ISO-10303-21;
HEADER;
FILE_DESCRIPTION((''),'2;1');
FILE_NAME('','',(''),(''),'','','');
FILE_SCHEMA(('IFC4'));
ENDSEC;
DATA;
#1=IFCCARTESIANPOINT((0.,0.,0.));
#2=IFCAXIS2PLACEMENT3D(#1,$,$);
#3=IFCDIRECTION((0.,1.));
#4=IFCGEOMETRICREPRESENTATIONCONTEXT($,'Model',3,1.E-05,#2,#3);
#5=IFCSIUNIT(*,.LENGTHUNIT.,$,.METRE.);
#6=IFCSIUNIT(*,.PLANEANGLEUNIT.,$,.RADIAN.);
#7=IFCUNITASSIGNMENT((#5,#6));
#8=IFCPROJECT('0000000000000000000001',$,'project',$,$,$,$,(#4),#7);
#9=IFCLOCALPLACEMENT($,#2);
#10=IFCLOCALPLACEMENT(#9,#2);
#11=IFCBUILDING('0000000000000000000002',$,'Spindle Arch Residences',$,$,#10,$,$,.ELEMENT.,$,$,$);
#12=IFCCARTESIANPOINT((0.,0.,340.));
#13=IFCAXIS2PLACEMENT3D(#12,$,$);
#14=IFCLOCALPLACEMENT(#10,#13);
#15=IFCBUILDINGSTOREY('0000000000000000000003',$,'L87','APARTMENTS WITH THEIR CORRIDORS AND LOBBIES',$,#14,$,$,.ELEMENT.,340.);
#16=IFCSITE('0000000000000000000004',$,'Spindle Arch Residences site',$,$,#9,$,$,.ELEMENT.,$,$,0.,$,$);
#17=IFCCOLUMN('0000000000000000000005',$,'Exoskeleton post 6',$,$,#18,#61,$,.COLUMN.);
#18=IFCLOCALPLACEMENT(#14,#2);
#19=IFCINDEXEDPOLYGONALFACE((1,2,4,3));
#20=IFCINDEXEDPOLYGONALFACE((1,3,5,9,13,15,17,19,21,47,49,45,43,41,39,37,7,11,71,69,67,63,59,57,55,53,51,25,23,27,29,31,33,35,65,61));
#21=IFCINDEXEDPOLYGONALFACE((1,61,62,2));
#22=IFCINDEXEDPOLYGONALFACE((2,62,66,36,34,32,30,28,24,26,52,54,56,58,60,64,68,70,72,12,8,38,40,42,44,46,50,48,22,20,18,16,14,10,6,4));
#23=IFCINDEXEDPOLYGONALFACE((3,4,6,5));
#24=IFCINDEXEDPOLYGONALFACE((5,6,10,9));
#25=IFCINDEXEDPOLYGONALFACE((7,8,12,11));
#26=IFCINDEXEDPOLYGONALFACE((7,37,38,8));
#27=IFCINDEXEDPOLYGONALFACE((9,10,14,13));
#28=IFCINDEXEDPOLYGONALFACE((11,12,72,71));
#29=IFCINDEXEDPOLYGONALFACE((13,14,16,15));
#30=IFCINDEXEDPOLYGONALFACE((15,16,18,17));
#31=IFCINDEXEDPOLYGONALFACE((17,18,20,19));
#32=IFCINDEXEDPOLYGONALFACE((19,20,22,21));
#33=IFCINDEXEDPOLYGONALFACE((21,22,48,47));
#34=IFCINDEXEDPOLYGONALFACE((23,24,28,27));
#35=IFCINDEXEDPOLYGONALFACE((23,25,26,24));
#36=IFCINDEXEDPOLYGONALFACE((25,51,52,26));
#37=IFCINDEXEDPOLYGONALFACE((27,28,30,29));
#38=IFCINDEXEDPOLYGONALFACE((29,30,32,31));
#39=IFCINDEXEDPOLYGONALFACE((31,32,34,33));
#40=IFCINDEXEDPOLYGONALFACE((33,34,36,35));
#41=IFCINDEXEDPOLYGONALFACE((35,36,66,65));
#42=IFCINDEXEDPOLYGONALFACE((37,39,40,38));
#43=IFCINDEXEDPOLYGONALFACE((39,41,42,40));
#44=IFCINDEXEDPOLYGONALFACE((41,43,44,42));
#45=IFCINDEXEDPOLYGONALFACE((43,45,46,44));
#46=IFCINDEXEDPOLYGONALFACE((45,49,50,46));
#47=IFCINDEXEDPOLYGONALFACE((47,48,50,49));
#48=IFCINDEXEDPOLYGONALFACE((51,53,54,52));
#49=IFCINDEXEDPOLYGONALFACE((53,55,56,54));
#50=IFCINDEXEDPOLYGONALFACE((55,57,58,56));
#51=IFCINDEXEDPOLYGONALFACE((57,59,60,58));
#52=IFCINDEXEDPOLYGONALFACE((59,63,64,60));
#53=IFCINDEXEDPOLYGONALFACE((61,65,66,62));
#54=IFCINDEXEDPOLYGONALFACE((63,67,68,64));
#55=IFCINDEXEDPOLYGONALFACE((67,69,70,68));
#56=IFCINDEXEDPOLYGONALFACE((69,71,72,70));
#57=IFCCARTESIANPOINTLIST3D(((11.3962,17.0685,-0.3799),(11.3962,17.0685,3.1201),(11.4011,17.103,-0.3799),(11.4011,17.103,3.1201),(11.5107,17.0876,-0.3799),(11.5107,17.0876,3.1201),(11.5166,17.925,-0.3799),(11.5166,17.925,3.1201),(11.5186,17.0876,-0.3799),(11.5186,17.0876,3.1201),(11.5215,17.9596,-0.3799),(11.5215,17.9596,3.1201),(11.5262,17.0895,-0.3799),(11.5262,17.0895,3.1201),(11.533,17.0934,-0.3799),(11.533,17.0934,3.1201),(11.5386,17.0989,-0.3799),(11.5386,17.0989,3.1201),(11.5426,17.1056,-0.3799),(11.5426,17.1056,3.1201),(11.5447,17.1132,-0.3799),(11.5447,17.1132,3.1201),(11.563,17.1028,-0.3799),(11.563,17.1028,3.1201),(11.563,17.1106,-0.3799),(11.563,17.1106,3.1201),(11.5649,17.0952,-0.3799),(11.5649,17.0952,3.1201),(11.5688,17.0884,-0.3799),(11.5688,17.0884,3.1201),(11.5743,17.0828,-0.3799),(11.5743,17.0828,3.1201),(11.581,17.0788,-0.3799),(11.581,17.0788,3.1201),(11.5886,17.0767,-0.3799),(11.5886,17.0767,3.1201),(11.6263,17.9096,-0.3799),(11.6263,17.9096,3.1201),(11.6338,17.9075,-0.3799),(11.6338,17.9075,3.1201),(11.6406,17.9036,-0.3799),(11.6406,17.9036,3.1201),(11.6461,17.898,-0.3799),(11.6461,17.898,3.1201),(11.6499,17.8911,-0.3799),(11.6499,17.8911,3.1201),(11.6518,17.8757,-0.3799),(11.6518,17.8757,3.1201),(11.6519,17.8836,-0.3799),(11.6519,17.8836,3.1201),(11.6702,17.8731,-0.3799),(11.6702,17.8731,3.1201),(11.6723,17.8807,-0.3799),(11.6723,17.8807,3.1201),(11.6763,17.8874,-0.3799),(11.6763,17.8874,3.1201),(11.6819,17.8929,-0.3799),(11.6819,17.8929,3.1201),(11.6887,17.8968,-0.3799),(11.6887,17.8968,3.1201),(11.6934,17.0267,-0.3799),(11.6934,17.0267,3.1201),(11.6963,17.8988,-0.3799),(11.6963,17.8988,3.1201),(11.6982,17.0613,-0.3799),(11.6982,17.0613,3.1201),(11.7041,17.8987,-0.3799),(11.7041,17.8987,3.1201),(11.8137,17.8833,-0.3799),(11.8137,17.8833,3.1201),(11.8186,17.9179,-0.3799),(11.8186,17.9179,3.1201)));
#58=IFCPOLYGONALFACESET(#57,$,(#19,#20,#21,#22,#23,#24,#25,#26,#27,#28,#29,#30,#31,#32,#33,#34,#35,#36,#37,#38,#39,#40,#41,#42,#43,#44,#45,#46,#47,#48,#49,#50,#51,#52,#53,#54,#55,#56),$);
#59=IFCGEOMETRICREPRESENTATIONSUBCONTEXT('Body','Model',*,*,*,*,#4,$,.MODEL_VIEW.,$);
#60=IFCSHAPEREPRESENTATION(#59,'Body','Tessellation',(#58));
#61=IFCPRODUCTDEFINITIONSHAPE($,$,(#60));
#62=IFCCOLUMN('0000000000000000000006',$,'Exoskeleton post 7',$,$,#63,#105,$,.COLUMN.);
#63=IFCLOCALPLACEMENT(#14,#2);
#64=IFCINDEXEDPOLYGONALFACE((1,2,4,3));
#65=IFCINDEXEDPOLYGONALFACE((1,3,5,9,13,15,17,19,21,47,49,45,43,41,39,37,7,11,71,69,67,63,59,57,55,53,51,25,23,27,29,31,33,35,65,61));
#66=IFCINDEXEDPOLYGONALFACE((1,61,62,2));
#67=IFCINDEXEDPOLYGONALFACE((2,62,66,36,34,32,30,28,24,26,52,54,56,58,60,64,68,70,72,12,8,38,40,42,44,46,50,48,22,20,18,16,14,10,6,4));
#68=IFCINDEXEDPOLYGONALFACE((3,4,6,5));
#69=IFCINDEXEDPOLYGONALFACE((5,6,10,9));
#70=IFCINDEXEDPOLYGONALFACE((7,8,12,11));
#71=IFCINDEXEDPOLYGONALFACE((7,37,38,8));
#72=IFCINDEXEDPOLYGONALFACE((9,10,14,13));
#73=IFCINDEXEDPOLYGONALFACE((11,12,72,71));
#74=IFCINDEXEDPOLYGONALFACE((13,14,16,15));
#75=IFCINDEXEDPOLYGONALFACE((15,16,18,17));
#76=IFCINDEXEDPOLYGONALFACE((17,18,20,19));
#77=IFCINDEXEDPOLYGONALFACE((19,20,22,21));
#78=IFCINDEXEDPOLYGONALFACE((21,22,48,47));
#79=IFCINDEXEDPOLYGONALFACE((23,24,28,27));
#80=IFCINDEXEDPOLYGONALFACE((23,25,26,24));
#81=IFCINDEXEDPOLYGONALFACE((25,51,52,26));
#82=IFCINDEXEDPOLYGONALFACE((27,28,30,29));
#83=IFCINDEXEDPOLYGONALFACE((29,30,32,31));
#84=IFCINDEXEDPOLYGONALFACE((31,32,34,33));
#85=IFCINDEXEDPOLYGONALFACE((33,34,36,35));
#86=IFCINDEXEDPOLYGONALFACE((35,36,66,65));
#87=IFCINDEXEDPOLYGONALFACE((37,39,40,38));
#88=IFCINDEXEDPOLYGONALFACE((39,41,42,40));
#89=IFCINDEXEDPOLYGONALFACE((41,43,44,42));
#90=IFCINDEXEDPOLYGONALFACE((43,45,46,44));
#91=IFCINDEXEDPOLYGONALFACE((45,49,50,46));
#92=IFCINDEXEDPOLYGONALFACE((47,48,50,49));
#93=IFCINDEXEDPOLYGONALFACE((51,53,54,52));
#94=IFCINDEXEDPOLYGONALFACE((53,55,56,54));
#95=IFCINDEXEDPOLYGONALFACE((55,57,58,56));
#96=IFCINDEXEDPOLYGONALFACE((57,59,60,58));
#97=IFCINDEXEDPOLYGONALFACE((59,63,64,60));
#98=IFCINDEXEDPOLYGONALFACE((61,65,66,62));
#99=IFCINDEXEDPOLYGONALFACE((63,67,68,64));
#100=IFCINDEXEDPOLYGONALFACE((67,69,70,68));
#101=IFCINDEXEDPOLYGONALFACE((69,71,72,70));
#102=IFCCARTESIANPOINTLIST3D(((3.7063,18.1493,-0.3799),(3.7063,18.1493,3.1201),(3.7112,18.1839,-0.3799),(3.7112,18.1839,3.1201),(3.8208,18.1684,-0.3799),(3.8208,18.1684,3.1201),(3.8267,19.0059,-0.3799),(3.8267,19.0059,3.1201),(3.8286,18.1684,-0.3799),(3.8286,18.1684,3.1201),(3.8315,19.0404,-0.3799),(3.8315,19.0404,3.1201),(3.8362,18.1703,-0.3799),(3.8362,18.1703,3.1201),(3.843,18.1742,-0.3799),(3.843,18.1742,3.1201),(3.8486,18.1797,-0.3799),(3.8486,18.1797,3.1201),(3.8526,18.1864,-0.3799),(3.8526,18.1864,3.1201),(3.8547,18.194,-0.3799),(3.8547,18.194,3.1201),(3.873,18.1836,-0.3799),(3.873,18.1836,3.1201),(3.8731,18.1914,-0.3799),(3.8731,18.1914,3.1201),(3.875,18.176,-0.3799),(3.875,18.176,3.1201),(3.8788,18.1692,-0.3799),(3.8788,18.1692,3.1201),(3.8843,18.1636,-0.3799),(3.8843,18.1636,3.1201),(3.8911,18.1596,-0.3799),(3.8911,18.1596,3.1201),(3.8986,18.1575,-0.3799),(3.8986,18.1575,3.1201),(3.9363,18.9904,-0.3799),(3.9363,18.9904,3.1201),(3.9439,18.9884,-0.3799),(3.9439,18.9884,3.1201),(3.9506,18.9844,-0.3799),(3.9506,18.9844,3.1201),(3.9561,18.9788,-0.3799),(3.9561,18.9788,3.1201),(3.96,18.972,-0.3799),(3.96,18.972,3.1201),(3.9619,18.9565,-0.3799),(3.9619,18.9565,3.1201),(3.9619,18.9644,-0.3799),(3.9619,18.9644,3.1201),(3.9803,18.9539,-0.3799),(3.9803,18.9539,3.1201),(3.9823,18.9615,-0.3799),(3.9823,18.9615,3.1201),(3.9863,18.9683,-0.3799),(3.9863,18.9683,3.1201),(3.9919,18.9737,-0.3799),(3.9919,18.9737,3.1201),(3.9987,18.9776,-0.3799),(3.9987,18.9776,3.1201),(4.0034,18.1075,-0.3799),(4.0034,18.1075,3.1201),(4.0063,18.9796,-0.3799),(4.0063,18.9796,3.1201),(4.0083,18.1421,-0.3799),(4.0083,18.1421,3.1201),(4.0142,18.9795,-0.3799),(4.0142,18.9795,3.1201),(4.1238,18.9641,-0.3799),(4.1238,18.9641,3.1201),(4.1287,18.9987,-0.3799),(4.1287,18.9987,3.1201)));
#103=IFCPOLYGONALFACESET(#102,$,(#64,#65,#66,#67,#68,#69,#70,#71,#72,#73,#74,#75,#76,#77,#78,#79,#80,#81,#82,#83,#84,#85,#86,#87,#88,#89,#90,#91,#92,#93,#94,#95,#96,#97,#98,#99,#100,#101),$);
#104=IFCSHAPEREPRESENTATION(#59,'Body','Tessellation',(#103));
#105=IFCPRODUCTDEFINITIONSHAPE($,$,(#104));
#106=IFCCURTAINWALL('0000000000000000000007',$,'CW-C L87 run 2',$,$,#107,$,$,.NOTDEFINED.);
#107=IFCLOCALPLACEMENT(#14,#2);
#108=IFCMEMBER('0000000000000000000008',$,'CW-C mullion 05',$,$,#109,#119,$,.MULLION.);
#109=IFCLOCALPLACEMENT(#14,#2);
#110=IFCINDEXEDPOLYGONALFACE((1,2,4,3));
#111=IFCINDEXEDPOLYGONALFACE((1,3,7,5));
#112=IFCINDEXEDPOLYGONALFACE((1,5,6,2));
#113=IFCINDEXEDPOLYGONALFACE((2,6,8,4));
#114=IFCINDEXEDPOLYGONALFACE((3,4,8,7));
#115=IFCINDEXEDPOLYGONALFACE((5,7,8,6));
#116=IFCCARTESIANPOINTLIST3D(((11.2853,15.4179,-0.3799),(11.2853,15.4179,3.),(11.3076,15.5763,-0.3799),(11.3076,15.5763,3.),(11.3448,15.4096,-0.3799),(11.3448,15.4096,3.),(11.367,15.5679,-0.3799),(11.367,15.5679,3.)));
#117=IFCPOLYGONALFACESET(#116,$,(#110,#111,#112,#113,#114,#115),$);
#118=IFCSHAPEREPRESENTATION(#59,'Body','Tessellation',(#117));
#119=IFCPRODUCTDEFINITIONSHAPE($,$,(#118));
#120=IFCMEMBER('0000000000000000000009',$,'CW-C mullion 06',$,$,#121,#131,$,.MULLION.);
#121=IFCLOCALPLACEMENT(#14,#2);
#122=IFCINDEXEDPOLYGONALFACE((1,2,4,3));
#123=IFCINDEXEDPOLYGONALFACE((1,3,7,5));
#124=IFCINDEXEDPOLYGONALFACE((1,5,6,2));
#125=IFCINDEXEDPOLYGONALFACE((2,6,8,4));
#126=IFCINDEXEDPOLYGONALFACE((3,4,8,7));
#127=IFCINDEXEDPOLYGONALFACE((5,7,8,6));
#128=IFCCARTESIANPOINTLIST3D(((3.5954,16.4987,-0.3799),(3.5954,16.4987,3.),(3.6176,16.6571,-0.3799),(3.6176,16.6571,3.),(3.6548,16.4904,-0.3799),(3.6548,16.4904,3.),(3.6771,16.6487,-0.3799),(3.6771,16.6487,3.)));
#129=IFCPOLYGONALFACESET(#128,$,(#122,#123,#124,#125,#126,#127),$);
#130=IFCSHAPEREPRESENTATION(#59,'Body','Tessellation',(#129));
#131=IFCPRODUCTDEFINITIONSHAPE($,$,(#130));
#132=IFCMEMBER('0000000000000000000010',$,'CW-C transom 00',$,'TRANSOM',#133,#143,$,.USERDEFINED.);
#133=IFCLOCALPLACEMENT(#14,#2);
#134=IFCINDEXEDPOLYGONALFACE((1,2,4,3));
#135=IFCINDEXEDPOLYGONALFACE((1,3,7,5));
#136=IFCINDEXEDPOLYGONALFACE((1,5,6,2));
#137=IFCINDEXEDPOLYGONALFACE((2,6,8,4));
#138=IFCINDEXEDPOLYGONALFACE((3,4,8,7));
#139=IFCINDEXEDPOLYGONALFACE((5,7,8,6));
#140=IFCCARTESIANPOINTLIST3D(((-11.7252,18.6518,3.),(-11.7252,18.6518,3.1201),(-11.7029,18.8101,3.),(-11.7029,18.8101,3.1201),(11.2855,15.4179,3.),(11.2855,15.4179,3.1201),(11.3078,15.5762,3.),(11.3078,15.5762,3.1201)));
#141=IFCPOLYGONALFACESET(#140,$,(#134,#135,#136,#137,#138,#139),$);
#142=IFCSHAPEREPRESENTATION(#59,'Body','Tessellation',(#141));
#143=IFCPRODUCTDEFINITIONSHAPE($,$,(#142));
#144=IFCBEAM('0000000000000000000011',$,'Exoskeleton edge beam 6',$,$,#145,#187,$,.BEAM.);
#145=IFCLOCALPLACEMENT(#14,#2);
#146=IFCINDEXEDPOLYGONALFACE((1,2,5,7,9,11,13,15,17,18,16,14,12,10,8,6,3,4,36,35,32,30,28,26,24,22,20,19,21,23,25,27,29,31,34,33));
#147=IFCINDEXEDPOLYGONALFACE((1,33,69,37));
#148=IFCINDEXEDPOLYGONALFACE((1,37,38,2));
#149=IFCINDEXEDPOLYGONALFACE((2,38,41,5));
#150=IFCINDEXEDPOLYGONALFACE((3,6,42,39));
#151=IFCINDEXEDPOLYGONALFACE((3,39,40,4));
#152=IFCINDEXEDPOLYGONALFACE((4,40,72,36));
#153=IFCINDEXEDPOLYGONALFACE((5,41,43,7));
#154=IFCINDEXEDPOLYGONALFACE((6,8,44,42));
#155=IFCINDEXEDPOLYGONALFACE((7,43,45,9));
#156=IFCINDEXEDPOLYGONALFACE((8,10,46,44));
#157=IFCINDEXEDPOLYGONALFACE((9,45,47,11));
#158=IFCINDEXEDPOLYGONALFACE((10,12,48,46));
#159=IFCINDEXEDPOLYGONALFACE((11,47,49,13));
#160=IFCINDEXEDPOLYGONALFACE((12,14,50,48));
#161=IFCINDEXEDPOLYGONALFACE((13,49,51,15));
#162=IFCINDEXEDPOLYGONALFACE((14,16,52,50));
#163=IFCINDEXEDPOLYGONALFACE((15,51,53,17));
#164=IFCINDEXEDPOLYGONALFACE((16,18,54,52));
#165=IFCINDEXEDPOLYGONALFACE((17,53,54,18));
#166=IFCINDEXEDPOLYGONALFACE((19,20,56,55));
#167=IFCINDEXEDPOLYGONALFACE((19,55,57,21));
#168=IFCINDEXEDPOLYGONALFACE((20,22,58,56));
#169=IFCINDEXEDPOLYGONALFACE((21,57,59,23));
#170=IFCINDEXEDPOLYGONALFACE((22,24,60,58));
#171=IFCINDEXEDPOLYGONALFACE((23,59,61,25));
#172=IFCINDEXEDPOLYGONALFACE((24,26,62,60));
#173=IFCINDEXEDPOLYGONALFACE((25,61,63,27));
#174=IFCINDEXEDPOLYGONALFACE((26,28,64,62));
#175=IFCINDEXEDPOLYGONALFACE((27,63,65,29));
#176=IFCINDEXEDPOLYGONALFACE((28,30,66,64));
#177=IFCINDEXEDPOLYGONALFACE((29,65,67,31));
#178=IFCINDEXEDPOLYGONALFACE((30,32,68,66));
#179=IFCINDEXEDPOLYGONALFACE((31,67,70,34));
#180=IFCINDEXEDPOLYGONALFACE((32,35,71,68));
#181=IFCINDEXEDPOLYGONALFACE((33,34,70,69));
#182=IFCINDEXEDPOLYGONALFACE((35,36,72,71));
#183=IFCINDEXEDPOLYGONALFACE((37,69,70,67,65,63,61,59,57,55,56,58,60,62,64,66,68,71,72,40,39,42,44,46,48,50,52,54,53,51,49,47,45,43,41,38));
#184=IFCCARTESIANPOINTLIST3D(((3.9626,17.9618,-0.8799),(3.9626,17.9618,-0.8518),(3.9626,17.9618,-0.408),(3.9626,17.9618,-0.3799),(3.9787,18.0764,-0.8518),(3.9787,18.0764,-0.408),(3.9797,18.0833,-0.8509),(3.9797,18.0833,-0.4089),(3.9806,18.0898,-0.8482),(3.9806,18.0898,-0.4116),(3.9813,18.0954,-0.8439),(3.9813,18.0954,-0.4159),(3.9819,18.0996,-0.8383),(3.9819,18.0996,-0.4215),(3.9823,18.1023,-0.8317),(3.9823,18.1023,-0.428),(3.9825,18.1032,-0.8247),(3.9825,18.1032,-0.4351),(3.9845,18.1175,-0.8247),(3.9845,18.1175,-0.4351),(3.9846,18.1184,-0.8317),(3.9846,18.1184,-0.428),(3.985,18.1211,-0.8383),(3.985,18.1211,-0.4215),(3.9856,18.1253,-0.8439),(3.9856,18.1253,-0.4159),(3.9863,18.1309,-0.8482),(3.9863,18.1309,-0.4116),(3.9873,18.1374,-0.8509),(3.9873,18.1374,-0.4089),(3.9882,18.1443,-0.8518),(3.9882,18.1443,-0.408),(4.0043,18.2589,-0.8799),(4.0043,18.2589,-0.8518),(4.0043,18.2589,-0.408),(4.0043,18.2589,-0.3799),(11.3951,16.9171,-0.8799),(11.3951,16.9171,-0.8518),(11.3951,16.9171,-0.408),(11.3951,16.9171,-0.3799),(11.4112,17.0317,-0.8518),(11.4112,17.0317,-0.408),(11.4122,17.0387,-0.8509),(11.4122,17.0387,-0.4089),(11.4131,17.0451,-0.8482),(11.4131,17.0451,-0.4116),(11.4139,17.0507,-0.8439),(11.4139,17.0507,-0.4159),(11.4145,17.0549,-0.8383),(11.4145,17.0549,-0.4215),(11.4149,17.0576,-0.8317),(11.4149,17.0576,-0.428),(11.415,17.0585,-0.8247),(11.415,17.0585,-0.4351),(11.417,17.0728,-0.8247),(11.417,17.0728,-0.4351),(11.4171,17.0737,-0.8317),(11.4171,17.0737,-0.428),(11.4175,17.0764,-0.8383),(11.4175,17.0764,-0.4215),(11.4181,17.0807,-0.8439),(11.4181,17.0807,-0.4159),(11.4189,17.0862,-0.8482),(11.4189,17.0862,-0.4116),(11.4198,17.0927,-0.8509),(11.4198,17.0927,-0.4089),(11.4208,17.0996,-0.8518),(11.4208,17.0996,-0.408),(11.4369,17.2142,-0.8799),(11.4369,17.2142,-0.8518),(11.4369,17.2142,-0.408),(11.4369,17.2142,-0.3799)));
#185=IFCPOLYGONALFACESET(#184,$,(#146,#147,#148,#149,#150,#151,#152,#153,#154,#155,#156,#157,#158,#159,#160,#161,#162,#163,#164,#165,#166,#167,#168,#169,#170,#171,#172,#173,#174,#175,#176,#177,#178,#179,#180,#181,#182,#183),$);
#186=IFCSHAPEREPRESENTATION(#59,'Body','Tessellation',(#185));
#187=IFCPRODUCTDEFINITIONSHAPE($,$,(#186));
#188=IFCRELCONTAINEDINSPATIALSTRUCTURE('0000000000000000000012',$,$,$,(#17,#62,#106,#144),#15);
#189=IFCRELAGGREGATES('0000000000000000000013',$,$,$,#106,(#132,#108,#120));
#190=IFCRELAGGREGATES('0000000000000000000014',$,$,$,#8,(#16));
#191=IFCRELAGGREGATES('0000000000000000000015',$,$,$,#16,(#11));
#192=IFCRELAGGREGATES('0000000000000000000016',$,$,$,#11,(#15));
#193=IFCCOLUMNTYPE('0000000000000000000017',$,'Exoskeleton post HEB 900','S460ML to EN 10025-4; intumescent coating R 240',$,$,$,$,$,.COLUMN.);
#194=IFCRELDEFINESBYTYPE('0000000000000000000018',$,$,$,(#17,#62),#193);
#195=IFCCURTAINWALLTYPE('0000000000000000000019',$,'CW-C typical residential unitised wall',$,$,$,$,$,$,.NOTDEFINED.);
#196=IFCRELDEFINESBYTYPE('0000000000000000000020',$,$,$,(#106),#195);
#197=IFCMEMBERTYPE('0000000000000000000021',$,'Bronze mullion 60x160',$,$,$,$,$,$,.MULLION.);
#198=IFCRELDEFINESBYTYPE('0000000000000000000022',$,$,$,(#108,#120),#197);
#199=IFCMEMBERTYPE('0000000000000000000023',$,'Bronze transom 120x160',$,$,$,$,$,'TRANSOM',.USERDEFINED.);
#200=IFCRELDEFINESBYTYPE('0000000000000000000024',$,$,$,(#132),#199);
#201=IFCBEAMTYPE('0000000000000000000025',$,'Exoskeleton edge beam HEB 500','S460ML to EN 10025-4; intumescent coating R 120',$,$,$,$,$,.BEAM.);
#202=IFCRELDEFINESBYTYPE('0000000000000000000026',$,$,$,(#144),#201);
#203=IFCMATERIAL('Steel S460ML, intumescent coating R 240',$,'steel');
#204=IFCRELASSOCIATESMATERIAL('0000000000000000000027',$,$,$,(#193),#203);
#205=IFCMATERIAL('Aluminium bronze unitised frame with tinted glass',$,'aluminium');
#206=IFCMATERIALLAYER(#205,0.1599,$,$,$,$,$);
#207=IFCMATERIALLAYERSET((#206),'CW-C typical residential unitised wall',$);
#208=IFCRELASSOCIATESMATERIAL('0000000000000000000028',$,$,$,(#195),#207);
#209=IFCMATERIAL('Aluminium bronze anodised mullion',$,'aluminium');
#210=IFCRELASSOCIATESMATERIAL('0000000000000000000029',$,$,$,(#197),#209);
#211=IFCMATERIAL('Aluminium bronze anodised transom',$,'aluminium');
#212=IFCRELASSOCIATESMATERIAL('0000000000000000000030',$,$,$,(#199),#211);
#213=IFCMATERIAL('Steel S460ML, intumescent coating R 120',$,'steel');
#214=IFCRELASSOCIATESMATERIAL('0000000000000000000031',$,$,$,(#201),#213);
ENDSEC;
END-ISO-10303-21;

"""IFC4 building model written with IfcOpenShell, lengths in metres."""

from ifc_helpers import new_model, si_unit, direction, frame, origin, origin_2d, place, context, subcontext, project, spatial, rectangle, i_section, extrude, material, layer, layer_set, material_profile, profile_set, type_object, element, aggregate, save


model = new_model("IFC4")

# Units and contexts
model_context = context("Model", 3, precision=1e-05, world=origin(), true_north=direction((0.0, 1.0)))
body_context = subcontext(model_context, "Body", "Model", "MODEL_VIEW")
ifc_project = project(units=[si_unit("LENGTHUNIT", "METRE"), si_unit("PLANEANGLEUNIT", "RADIAN")], contexts=[model_context])

# Site, building, storey
site_placement = place(None, origin())
site = spatial("IfcSite", under=ifc_project, at=site_placement, Name="Spindle Arch Residences site", CompositionType="ELEMENT", RefElevation=0.0)
building_placement = place(site_placement, origin())
building = spatial("IfcBuilding", under=site, at=building_placement, Name="Spindle Arch Residences", CompositionType="ELEMENT")
storey_placement = place(building_placement, frame((0.0, 0.0, 340.0)))
storey = spatial("IfcBuildingStorey", under=building, at=storey_placement, Name="L87", Description="APARTMENTS WITH THEIR CORRIDORS AND LOBBIES", CompositionType="ELEMENT", Elevation=340.0)

# Columns
ifc_material_1 = material(Name="Steel S460ML, intumescent coating R 240", Category="steel")
ifc_material_profile_1 = material_profile(ifc_material_1, i_section(OverallWidth=0.3, OverallDepth=0.8999, WebThickness=0.0186, FlangeThickness=0.0349, FilletRadius=0.03, at=origin_2d()), Name="HEB 900")
ifc_profile_set_1 = profile_set([ifc_material_profile_1], Name="Steel S460ML, intumescent coating R 240")
column_type = type_object("IfcColumnType", Name="Exoskeleton post HEB 900", Description="S460ML to EN 10025-4; intumescent coating R 240", PredefinedType="COLUMN", material=ifc_profile_set_1)
for number, where, z_axis, x_axis, name in (
    (1, (11.6074, 17.4932, -0.3799), (0.0, 0.0, 1.0), (0.990268, -0.139173, 0.0), "Exoskeleton post 6"),
    (2, (3.9175, 18.574, -0.3799), (0.0, 0.0, 1.0), (0.990268, -0.139173, 0.0), "Exoskeleton post 7"),
):
    element("IfcColumn", number, at=place(storey_placement, frame(where, z_axis=z_axis, x_axis=x_axis)), inside=storey, type_object=column_type, Name=name, PredefinedType="COLUMN", context=body_context, shape_type="SweptSolid", body=[
        extrude(i_section(OverallWidth=0.3, OverallDepth=0.8999, WebThickness=0.0186, FlangeThickness=0.0349, FilletRadius=0.03, at=origin_2d()), origin(), (0.0, 0.0, 1.0), 3.5),
    ])

# Curtain wall, members
ifc_material_2 = material(Name="Aluminium bronze unitised frame with tinted glass", Category="aluminium")
ifc_layer_1 = layer(ifc_material_2, 0.1599)
ifc_layer_set_1 = layer_set([ifc_layer_1], Name="CW-C typical residential unitised wall")
curtain_wall_type = type_object("IfcCurtainWallType", Name="CW-C typical residential unitised wall", PredefinedType="NOTDEFINED", material=ifc_layer_set_1)
curtain_wall_placement = place(storey_placement, origin())
curtain_wall = element("IfcCurtainWall", 3, at=curtain_wall_placement, inside=storey, type_object=curtain_wall_type, Name="CW-C L87 run 2", PredefinedType="NOTDEFINED")
ifc_material_3 = material(Name="Aluminium bronze anodised mullion", Category="aluminium")
ifc_material_profile_2 = material_profile(ifc_material_3, rectangle(XDim=0.1599, YDim=0.0601, at=origin_2d()), Name="MU 60x160")
ifc_profile_set_2 = profile_set([ifc_material_profile_2], Name="Aluminium bronze anodised mullion")
member_type_1 = type_object("IfcMemberType", Name="Bronze mullion 60x160", PredefinedType="MULLION", material=ifc_profile_set_2)
member_1_placement = place(storey_placement, frame((11.3262, 15.4929, -0.3799), z_axis=(0.0, 0.0, 1.0), x_axis=(-0.139173, -0.990268, 0.0)))
member_1 = element("IfcMember", 4, at=member_1_placement, type_object=member_type_1, Name="CW-C mullion 05", PredefinedType="MULLION", context=body_context, shape_type="SweptSolid", body=[
    extrude(rectangle(XDim=0.1599, YDim=0.0601, at=origin_2d()), origin(), (0.0, 0.0, 1.0), 3.3799),
])
member_2_placement = place(storey_placement, frame((3.6362, 16.5737, -0.3799), z_axis=(0.0, 0.0, 1.0), x_axis=(-0.139173, -0.990268, 0.0)))
member_2 = element("IfcMember", 5, at=member_2_placement, type_object=member_type_1, Name="CW-C mullion 06", PredefinedType="MULLION", context=body_context, shape_type="SweptSolid", body=[
    extrude(rectangle(XDim=0.1599, YDim=0.0601, at=origin_2d()), origin(), (0.0, 0.0, 1.0), 3.3799),
])
ifc_material_4 = material(Name="Aluminium bronze anodised transom", Category="aluminium")
ifc_material_profile_3 = material_profile(ifc_material_4, rectangle(XDim=0.1599, YDim=0.1201, at=origin_2d()), Name="TR 120x160")
ifc_profile_set_3 = profile_set([ifc_material_profile_3], Name="Aluminium bronze anodised transom")
member_type_2 = type_object("IfcMemberType", Name="Bronze transom 120x160", ElementType="TRANSOM", PredefinedType="USERDEFINED", material=ifc_profile_set_3)
member_3_placement = place(storey_placement, frame((11.2966, 15.4971, 3.0601), z_axis=(-0.990268, 0.13917, 0.0), x_axis=(-0.13917, -0.990268, 0.0)))
member_3 = element("IfcMember", 6, at=member_3_placement, type_object=member_type_2, Name="CW-C transom 00", ObjectType="TRANSOM", PredefinedType="USERDEFINED", context=body_context, shape_type="SweptSolid", body=[
    extrude(rectangle(XDim=0.1599, YDim=0.1201, at=origin_2d()), origin(), (0.0, 0.0, 1.0), 23.2368),
])

# Beam
ifc_material_5 = material(Name="Steel S460ML, intumescent coating R 120", Category="steel")
ifc_material_profile_4 = material_profile(ifc_material_5, i_section(OverallWidth=0.3, OverallDepth=0.5, WebThickness=0.0144, FlangeThickness=0.0281, FilletRadius=0.0271, at=origin_2d()), Name="HEB 500")
ifc_profile_set_4 = profile_set([ifc_material_profile_4], Name="Steel S460ML, intumescent coating R 120")
beam_type_1 = type_object("IfcBeamType", Name="Exoskeleton edge beam HEB 500", Description="S460ML to EN 10025-4; intumescent coating R 120", PredefinedType="BEAM", material=ifc_profile_set_4)
for number, where, z_axis, x_axis, name in (
    (7, (11.416, 17.0657, -0.6299), (-0.990266, 0.139185, 0.0), (-0.139185, -0.990266, 0.0), "Exoskeleton edge beam 6"),
):
    element("IfcBeam", number, at=place(storey_placement, frame(where, z_axis=z_axis, x_axis=x_axis)), inside=storey, type_object=beam_type_1, Name=name, PredefinedType="BEAM", context=body_context, shape_type="SweptSolid", body=[
        extrude(i_section(OverallWidth=0.3, OverallDepth=0.5, WebThickness=0.0144, FlangeThickness=0.0281, FilletRadius=0.0271, at=origin_2d()), origin(), (0.0, 0.0, 1.0), 7.5056),
    ])

aggregate(curtain_wall, [member_3, member_1, member_2])

save(model, "model.ifc")
